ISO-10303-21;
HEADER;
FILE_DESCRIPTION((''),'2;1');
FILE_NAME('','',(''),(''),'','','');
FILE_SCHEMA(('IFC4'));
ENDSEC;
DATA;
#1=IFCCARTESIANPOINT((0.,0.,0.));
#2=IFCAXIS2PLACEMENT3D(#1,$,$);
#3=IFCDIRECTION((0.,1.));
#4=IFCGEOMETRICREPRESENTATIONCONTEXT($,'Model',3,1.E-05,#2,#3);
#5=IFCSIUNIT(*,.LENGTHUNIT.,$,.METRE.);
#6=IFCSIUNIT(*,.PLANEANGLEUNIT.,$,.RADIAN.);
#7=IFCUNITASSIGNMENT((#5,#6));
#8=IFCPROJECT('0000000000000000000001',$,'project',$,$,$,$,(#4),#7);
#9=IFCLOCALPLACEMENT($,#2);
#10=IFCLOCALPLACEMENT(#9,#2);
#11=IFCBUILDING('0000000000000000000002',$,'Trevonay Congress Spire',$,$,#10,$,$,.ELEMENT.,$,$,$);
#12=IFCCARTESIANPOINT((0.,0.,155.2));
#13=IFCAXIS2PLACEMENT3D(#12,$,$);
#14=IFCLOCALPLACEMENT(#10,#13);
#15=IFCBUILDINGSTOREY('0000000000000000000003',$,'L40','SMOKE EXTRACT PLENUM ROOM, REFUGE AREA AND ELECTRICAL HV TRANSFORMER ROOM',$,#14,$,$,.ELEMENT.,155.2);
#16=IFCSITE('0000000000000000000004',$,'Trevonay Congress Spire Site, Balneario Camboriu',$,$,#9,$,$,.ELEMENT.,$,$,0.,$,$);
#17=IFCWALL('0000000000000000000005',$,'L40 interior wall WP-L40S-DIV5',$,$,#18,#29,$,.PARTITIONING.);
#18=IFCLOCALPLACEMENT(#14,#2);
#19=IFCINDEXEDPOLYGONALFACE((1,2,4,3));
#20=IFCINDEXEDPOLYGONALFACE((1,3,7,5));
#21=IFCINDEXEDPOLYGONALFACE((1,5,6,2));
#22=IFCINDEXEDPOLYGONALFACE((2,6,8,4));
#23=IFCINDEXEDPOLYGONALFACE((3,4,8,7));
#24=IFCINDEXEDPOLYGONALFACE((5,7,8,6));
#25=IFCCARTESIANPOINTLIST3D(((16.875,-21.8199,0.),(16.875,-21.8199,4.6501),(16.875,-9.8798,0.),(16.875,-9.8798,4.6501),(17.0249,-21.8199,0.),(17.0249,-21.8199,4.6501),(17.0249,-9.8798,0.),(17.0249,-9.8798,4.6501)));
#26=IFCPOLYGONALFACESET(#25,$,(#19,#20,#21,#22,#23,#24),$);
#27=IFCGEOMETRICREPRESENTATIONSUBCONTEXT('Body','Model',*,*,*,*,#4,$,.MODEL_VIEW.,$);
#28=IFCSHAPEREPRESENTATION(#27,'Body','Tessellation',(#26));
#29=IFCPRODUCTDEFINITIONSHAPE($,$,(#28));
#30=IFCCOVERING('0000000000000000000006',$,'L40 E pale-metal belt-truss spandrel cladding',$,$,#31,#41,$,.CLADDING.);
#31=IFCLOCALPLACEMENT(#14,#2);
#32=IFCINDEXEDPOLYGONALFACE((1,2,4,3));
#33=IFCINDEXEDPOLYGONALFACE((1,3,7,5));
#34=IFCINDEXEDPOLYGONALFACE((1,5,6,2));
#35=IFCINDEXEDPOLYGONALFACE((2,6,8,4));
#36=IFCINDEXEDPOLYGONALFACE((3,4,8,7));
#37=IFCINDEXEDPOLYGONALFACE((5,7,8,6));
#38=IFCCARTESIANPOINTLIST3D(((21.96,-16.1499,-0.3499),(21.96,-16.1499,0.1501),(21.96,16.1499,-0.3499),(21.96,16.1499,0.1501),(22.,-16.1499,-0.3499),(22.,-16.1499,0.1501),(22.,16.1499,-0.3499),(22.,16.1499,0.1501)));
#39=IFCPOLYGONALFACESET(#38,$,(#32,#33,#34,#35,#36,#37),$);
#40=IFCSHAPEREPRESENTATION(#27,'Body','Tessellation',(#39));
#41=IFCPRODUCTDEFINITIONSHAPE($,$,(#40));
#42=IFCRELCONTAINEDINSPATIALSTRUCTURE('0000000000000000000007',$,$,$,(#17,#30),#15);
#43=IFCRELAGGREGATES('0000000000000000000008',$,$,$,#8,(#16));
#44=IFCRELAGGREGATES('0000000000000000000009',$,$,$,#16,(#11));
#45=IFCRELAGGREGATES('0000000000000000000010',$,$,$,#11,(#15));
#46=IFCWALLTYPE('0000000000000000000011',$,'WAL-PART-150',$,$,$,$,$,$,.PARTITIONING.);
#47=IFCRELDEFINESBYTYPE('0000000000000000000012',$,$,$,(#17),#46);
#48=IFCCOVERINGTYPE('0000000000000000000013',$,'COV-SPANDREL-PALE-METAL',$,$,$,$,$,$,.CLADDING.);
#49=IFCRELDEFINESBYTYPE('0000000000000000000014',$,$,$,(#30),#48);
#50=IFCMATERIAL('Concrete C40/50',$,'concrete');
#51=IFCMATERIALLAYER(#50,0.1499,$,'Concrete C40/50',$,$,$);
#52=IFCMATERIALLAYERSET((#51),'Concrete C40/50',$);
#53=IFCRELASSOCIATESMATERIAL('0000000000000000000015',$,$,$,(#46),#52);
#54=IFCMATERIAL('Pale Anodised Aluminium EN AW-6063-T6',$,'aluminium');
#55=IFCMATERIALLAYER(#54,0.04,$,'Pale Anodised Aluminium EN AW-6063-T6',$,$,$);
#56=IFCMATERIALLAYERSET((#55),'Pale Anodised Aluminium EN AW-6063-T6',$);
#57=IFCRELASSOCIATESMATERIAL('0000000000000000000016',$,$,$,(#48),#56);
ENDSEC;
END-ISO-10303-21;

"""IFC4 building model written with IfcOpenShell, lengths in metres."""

from ifc_helpers import new_model, si_unit, direction, frame, frame_2d, origin, place, context, subcontext, project, spatial, rectangle, extrude, material, layer, layer_set, type_object, element, save


model = new_model("IFC4")

# Units and contexts
model_context = context("Model", 3, precision=1e-05, world=origin(), true_north=direction((0.0, 1.0)))
body_context = subcontext(model_context, "Body", "Model", "MODEL_VIEW")
ifc_project = project(units=[si_unit("LENGTHUNIT", "METRE"), si_unit("PLANEANGLEUNIT", "RADIAN")], contexts=[model_context])

# Site, building, storey
site_placement = place(None, origin())
site = spatial("IfcSite", under=ifc_project, at=site_placement, Name="Trevonay Congress Spire Site, Balneario Camboriu", CompositionType="ELEMENT", RefElevation=0.0)
building_placement = place(site_placement, origin())
building = spatial("IfcBuilding", under=site, at=building_placement, Name="Trevonay Congress Spire", CompositionType="ELEMENT")
storey_placement = place(building_placement, frame((0.0, 0.0, 155.2)))
storey = spatial("IfcBuildingStorey", under=building, at=storey_placement, Name="L40", Description="SMOKE EXTRACT PLENUM ROOM, REFUGE AREA AND ELECTRICAL HV TRANSFORMER ROOM", CompositionType="ELEMENT", Elevation=155.2)

# Wall
ifc_material_1 = material(Name="Concrete C40/50", Category="concrete")
ifc_layer_1 = layer(ifc_material_1, 0.1499, Name="Concrete C40/50")
ifc_layer_set_1 = layer_set([ifc_layer_1], Name="Concrete C40/50")
wall_type_1 = type_object("IfcWallType", Name="WAL-PART-150", PredefinedType="PARTITIONING", material=ifc_layer_set_1)
wall_1_placement = place(storey_placement, frame((16.95, -21.8201, 0.0), z_axis=(0.0, 0.0, 1.0), x_axis=(0.0, 1.0, 0.0)))
element("IfcWall", 1, at=wall_1_placement, inside=storey, type_object=wall_type_1, Name="L40 interior wall WP-L40S-DIV5", PredefinedType="PARTITIONING", context=body_context, shape_type="SweptSolid", body=[
    extrude(rectangle(XDim=11.9402, YDim=0.1499, at=frame_2d((5.9702, 0.0))), origin(), (0.0, 0.0, 1.0), 4.6501),
])

# Covering
ifc_material_2 = material(Name="Pale Anodised Aluminium EN AW-6063-T6", Category="aluminium")
ifc_layer_2 = layer(ifc_material_2, 0.04, Name="Pale Anodised Aluminium EN AW-6063-T6")
ifc_layer_set_2 = layer_set([ifc_layer_2], Name="Pale Anodised Aluminium EN AW-6063-T6")
covering_type = type_object("IfcCoveringType", Name="COV-SPANDREL-PALE-METAL", PredefinedType="CLADDING", material=ifc_layer_set_2)
covering_placement = place(storey_placement, frame((21.98, -16.1499, -0.3499), z_axis=(0.0, 0.0, 1.0), x_axis=(0.0, 1.0, 0.0)))
element("IfcCovering", 2, at=covering_placement, inside=storey, type_object=covering_type, Name="L40 E pale-metal belt-truss spandrel cladding", PredefinedType="CLADDING", context=body_context, shape_type="SweptSolid", body=[
    extrude(rectangle(XDim=32.2998, YDim=0.04, at=frame_2d((16.1499, 0.0))), origin(), (0.0, 0.0, 1.0), 0.5),
])

save(model, "model.ifc")
